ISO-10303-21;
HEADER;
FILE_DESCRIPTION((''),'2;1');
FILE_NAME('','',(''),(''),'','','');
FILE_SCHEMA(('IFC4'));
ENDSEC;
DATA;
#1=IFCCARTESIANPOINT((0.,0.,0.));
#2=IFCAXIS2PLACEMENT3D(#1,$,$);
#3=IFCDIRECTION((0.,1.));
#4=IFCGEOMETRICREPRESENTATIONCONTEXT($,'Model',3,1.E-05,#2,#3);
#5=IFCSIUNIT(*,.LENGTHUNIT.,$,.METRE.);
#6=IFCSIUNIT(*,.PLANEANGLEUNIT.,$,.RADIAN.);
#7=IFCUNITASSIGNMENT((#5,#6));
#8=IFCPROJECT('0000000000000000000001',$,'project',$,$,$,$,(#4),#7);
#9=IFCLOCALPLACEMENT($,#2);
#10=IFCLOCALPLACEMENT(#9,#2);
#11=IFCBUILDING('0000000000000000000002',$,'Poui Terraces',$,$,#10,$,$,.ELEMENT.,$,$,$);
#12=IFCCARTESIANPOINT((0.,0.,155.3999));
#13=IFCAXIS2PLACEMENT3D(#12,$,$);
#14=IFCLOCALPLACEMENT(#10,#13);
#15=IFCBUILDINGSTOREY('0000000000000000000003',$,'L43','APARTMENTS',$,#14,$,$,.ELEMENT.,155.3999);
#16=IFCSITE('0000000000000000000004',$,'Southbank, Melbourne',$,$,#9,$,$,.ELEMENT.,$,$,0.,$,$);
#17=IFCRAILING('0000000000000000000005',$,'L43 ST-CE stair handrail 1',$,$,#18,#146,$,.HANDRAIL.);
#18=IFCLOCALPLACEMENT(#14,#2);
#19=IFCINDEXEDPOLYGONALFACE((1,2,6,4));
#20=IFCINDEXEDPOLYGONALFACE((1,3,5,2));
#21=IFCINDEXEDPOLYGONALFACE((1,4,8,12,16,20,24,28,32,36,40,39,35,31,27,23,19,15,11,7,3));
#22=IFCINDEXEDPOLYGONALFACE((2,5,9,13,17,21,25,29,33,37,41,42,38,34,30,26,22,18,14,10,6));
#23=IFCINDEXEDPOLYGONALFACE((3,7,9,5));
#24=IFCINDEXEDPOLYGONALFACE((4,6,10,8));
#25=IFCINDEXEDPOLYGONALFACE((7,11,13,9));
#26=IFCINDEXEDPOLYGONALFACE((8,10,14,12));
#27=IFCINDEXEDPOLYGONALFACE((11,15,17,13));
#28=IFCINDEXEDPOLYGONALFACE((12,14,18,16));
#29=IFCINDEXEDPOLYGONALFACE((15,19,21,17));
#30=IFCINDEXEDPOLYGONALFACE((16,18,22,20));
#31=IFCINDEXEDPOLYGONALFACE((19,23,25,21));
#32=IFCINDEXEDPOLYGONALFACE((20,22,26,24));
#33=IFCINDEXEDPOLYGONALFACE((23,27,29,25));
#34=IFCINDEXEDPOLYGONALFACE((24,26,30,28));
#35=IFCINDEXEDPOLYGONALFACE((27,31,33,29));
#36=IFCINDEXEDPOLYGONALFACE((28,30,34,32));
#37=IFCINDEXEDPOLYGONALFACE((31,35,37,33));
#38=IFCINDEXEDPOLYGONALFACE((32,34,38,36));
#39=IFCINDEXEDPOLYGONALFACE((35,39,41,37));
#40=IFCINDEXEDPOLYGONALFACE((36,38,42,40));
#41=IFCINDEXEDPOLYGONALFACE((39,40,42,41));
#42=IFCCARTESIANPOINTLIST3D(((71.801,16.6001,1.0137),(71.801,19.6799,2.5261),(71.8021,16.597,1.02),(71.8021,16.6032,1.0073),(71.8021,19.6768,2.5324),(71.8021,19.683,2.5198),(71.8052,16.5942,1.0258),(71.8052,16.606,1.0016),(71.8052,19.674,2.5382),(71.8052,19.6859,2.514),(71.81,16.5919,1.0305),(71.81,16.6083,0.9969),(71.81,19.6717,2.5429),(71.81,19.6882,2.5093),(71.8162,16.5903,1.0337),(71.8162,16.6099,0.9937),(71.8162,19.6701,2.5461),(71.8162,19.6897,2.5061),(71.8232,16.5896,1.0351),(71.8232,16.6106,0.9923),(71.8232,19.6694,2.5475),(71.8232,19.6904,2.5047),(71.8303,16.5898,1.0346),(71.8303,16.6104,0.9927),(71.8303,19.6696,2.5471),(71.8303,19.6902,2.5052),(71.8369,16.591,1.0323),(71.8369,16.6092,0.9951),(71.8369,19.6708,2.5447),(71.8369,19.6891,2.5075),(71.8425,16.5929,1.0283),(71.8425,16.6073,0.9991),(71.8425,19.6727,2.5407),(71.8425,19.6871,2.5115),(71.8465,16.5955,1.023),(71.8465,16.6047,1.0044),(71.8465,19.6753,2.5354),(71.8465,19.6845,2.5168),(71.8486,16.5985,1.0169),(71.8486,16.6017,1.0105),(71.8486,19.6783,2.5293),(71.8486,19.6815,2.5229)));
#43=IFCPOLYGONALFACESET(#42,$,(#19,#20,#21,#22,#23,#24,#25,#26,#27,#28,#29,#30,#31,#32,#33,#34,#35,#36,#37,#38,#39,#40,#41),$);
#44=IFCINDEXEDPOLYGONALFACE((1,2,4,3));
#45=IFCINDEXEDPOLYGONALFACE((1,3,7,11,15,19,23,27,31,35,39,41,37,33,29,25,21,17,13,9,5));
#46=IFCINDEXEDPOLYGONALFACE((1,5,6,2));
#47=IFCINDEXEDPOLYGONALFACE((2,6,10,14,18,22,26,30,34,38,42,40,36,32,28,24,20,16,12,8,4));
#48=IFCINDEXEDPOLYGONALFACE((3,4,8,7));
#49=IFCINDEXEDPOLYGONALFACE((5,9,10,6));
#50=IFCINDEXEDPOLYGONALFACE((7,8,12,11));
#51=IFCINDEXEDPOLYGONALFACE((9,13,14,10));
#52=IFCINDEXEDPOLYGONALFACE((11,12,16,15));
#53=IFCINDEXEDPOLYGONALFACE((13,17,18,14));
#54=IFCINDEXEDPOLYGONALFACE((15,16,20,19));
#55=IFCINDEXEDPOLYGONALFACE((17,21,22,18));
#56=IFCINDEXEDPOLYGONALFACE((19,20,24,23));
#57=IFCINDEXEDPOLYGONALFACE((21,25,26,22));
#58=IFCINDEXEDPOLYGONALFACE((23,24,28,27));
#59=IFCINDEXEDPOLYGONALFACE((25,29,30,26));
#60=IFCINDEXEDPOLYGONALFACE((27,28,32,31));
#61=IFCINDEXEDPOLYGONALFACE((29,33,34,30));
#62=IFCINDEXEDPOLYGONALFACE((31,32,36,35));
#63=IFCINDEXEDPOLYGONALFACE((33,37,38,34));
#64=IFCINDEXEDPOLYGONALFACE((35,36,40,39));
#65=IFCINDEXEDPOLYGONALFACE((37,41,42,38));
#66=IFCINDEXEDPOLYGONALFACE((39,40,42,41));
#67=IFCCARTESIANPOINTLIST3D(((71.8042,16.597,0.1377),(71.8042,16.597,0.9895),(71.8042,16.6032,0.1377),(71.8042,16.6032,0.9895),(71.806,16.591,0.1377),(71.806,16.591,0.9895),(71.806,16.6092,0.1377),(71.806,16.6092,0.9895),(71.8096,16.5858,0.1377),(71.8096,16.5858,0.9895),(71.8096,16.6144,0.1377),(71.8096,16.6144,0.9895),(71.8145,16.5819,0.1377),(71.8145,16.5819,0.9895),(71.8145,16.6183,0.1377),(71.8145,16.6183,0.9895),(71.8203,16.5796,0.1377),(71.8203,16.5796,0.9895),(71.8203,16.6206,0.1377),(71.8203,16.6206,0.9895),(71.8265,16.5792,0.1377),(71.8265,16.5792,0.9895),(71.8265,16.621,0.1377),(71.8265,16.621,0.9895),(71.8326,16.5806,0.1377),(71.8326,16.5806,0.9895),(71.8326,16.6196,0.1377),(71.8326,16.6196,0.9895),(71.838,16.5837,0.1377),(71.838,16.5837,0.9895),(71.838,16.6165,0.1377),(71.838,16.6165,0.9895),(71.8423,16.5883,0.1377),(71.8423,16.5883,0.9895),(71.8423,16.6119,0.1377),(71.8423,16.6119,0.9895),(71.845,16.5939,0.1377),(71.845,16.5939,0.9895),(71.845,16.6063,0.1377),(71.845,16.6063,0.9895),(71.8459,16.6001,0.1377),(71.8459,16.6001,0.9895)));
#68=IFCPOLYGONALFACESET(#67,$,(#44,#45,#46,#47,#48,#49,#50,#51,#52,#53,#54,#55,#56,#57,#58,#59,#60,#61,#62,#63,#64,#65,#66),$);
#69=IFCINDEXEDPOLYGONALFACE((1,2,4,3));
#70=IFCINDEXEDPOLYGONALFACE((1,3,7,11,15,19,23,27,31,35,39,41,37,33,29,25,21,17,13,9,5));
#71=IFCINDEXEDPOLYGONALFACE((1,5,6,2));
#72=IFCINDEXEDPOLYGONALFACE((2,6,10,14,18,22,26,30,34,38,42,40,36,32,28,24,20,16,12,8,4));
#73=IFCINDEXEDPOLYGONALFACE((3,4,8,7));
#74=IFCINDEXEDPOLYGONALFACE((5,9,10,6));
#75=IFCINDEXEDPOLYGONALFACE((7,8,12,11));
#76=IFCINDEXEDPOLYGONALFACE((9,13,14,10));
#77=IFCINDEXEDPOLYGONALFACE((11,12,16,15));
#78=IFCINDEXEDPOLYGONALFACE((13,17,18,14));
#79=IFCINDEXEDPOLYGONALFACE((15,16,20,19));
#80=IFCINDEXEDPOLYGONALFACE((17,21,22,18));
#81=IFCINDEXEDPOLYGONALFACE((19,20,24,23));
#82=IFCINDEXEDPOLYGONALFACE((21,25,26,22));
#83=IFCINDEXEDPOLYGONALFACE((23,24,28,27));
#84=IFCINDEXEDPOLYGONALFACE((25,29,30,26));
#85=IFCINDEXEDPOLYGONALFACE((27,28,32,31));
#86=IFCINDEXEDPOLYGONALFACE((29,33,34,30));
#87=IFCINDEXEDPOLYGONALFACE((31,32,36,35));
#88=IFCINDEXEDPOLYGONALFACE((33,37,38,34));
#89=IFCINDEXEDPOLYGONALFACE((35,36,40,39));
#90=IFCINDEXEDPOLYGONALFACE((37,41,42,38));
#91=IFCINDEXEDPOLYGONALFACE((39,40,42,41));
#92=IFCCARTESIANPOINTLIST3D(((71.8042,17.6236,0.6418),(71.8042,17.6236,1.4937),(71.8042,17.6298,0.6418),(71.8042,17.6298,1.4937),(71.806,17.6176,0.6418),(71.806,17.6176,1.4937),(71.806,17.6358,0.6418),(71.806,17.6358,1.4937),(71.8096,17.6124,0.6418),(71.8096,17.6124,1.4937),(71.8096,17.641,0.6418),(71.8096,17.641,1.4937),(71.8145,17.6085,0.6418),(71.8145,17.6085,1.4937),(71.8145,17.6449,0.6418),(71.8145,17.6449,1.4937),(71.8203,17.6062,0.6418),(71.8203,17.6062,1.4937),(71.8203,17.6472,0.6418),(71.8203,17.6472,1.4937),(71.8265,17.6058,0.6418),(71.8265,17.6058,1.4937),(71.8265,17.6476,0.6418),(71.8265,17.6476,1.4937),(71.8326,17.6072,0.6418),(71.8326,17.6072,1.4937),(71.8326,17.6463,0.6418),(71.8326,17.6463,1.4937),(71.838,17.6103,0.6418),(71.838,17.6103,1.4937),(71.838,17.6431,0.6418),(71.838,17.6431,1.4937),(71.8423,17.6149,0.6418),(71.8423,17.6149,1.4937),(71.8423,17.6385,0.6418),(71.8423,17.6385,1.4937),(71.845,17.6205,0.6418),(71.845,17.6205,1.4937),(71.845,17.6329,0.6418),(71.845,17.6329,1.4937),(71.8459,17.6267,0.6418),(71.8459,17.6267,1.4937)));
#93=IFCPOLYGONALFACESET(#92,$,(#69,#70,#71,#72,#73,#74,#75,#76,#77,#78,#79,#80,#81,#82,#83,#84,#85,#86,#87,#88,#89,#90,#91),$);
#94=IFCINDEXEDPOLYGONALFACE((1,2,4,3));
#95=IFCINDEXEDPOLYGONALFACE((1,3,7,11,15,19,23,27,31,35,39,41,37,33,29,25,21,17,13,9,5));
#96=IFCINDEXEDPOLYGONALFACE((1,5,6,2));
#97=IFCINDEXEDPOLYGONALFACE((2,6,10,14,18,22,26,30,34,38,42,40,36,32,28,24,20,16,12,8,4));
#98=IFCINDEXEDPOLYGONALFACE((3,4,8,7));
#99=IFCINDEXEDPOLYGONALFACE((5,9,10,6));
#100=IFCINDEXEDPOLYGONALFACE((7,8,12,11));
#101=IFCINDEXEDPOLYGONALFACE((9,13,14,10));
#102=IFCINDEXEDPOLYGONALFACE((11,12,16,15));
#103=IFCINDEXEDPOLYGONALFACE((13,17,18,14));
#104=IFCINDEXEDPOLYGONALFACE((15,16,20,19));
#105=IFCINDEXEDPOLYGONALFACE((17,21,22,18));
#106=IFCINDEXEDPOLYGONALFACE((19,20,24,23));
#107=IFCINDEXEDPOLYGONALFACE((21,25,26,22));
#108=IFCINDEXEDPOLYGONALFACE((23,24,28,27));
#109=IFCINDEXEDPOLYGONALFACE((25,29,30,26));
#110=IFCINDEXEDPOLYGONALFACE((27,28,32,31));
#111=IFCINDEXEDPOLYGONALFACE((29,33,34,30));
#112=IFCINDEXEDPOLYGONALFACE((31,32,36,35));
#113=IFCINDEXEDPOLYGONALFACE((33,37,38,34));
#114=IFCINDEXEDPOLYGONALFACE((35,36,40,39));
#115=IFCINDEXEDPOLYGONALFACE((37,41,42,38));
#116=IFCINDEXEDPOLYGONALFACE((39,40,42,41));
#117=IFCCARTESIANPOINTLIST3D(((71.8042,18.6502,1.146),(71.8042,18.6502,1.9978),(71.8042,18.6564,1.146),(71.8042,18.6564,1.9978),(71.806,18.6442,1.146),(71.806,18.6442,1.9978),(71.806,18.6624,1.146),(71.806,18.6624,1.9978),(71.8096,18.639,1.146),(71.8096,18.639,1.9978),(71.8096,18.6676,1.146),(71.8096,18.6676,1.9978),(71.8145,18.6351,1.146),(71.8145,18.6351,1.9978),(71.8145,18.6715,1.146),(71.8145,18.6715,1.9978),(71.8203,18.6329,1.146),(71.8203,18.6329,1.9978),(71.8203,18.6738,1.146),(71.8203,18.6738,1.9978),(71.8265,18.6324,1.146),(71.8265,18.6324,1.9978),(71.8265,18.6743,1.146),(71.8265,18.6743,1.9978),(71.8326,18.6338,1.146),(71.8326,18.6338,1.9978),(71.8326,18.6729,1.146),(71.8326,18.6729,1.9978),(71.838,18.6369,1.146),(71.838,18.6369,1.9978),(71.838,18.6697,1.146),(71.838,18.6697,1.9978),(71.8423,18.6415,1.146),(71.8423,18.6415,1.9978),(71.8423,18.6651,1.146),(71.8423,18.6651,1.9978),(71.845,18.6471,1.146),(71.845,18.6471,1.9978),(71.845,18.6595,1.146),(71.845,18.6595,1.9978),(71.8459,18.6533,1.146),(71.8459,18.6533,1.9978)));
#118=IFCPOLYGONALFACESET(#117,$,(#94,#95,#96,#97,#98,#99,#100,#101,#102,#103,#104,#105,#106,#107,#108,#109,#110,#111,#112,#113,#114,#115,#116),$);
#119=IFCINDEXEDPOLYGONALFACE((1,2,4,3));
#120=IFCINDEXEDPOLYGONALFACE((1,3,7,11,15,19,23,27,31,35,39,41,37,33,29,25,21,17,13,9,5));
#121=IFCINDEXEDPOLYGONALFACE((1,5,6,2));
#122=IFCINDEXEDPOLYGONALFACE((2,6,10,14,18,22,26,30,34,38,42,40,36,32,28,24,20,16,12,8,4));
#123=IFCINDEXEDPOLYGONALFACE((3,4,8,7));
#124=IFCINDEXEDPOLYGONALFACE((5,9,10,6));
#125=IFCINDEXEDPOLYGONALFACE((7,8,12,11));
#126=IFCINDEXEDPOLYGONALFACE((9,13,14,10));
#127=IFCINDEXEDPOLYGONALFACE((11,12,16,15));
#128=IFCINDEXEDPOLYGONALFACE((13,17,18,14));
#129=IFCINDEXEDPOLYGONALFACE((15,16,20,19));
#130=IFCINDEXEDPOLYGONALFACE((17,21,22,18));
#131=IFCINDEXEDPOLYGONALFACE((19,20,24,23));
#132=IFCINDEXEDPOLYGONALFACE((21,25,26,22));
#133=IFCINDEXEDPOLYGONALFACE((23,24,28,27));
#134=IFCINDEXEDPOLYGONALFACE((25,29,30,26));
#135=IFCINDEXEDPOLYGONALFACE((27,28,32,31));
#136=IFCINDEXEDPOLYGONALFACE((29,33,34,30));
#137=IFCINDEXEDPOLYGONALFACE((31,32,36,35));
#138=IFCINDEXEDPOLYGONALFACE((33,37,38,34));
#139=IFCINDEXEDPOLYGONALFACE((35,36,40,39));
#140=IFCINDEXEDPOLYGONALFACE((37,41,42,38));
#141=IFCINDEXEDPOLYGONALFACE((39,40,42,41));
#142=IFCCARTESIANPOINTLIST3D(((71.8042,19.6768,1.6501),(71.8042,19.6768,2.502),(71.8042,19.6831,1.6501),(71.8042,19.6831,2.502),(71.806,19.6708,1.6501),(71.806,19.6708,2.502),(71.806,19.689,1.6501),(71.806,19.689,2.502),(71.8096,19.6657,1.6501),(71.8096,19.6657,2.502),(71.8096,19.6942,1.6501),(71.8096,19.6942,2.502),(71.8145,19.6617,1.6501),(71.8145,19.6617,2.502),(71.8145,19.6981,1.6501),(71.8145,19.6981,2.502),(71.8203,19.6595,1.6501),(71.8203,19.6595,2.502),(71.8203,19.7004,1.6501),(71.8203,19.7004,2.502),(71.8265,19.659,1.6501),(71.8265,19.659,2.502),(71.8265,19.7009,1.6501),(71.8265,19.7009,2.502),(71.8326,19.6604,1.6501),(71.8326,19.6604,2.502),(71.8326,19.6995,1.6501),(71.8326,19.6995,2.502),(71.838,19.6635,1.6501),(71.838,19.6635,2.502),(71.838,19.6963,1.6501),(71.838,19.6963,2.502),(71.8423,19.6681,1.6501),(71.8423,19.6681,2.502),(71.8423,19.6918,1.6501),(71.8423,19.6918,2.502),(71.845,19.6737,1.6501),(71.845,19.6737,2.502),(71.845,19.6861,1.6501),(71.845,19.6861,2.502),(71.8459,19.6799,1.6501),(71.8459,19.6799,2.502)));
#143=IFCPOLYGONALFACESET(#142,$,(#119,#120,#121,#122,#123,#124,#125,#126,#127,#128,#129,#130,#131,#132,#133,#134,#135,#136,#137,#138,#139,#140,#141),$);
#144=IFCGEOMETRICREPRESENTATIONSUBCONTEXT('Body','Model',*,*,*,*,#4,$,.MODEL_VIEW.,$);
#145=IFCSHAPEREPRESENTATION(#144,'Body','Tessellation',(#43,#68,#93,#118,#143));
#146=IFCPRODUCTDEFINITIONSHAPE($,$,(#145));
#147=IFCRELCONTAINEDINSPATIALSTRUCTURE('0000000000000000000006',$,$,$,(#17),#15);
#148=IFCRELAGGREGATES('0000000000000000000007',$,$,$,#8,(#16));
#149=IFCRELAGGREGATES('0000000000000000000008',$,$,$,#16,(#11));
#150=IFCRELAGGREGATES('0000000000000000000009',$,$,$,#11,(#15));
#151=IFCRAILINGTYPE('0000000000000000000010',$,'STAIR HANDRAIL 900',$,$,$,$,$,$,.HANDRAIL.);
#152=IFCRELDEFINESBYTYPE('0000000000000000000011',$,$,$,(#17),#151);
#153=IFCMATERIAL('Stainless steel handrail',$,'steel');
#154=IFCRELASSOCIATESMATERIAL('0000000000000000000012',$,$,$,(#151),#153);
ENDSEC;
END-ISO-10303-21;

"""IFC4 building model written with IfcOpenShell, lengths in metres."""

from ifc_helpers import new_model, si_unit, direction, frame, origin, origin_2d, place, context, subcontext, project, spatial, circle, extrude, material, type_object, element, save


model = new_model("IFC4")

# Units and contexts
model_context = context("Model", 3, precision=1e-05, world=origin(), true_north=direction((0.0, 1.0)))
body_context = subcontext(model_context, "Body", "Model", "MODEL_VIEW")
ifc_project = project(units=[si_unit("LENGTHUNIT", "METRE"), si_unit("PLANEANGLEUNIT", "RADIAN")], contexts=[model_context])

# Site, building, storey
site_placement = place(None, origin())
site = spatial("IfcSite", under=ifc_project, at=site_placement, Name="Southbank, Melbourne", CompositionType="ELEMENT", RefElevation=0.0)
building_placement = place(site_placement, origin())
building = spatial("IfcBuilding", under=site, at=building_placement, Name="Poui Terraces", CompositionType="ELEMENT")
storey_placement = place(building_placement, frame((0.0, 0.0, 155.3999)))
storey = spatial("IfcBuildingStorey", under=building, at=storey_placement, Name="L43", Description="APARTMENTS", CompositionType="ELEMENT", Elevation=155.3999)

# Railing
ifc_material_1 = material(Name="Stainless steel handrail", Category="steel")
railing_type_1 = type_object("IfcRailingType", Name="STAIR HANDRAIL 900", PredefinedType="HANDRAIL", material=ifc_material_1)
railing_1_placement = place(storey_placement, frame((71.825, 16.6001, 0.1377)))
element("IfcRailing", 1, at=railing_1_placement, inside=storey, type_object=railing_type_1, Name="L43 ST-CE stair handrail 1", PredefinedType="HANDRAIL", context=body_context, shape_type="SweptSolid", body=[
    extrude(circle(Radius=0.0239, at=origin_2d()), frame((0.0, 0.0, 0.876), z_axis=(0.0, 0.897606, 0.440798), x_axis=(-1.0, 0.0, 0.0)), (0.0, 0.0, 1.0), 3.4312),
    extrude(circle(Radius=0.021, at=origin_2d()), origin(), (0.0, 0.0, 1.0), 0.8518),
    extrude(circle(Radius=0.021, at=origin_2d()), frame((0.0, 1.0266, 0.5042)), (0.0, 0.0, 1.0), 0.8518),
    extrude(circle(Radius=0.021, at=origin_2d()), frame((0.0, 2.0532, 1.0083)), (0.0, 0.0, 1.0), 0.8518),
    extrude(circle(Radius=0.021, at=origin_2d()), frame((0.0, 3.0798, 1.5125)), (0.0, 0.0, 1.0), 0.8518),
])

save(model, "model.ifc")
